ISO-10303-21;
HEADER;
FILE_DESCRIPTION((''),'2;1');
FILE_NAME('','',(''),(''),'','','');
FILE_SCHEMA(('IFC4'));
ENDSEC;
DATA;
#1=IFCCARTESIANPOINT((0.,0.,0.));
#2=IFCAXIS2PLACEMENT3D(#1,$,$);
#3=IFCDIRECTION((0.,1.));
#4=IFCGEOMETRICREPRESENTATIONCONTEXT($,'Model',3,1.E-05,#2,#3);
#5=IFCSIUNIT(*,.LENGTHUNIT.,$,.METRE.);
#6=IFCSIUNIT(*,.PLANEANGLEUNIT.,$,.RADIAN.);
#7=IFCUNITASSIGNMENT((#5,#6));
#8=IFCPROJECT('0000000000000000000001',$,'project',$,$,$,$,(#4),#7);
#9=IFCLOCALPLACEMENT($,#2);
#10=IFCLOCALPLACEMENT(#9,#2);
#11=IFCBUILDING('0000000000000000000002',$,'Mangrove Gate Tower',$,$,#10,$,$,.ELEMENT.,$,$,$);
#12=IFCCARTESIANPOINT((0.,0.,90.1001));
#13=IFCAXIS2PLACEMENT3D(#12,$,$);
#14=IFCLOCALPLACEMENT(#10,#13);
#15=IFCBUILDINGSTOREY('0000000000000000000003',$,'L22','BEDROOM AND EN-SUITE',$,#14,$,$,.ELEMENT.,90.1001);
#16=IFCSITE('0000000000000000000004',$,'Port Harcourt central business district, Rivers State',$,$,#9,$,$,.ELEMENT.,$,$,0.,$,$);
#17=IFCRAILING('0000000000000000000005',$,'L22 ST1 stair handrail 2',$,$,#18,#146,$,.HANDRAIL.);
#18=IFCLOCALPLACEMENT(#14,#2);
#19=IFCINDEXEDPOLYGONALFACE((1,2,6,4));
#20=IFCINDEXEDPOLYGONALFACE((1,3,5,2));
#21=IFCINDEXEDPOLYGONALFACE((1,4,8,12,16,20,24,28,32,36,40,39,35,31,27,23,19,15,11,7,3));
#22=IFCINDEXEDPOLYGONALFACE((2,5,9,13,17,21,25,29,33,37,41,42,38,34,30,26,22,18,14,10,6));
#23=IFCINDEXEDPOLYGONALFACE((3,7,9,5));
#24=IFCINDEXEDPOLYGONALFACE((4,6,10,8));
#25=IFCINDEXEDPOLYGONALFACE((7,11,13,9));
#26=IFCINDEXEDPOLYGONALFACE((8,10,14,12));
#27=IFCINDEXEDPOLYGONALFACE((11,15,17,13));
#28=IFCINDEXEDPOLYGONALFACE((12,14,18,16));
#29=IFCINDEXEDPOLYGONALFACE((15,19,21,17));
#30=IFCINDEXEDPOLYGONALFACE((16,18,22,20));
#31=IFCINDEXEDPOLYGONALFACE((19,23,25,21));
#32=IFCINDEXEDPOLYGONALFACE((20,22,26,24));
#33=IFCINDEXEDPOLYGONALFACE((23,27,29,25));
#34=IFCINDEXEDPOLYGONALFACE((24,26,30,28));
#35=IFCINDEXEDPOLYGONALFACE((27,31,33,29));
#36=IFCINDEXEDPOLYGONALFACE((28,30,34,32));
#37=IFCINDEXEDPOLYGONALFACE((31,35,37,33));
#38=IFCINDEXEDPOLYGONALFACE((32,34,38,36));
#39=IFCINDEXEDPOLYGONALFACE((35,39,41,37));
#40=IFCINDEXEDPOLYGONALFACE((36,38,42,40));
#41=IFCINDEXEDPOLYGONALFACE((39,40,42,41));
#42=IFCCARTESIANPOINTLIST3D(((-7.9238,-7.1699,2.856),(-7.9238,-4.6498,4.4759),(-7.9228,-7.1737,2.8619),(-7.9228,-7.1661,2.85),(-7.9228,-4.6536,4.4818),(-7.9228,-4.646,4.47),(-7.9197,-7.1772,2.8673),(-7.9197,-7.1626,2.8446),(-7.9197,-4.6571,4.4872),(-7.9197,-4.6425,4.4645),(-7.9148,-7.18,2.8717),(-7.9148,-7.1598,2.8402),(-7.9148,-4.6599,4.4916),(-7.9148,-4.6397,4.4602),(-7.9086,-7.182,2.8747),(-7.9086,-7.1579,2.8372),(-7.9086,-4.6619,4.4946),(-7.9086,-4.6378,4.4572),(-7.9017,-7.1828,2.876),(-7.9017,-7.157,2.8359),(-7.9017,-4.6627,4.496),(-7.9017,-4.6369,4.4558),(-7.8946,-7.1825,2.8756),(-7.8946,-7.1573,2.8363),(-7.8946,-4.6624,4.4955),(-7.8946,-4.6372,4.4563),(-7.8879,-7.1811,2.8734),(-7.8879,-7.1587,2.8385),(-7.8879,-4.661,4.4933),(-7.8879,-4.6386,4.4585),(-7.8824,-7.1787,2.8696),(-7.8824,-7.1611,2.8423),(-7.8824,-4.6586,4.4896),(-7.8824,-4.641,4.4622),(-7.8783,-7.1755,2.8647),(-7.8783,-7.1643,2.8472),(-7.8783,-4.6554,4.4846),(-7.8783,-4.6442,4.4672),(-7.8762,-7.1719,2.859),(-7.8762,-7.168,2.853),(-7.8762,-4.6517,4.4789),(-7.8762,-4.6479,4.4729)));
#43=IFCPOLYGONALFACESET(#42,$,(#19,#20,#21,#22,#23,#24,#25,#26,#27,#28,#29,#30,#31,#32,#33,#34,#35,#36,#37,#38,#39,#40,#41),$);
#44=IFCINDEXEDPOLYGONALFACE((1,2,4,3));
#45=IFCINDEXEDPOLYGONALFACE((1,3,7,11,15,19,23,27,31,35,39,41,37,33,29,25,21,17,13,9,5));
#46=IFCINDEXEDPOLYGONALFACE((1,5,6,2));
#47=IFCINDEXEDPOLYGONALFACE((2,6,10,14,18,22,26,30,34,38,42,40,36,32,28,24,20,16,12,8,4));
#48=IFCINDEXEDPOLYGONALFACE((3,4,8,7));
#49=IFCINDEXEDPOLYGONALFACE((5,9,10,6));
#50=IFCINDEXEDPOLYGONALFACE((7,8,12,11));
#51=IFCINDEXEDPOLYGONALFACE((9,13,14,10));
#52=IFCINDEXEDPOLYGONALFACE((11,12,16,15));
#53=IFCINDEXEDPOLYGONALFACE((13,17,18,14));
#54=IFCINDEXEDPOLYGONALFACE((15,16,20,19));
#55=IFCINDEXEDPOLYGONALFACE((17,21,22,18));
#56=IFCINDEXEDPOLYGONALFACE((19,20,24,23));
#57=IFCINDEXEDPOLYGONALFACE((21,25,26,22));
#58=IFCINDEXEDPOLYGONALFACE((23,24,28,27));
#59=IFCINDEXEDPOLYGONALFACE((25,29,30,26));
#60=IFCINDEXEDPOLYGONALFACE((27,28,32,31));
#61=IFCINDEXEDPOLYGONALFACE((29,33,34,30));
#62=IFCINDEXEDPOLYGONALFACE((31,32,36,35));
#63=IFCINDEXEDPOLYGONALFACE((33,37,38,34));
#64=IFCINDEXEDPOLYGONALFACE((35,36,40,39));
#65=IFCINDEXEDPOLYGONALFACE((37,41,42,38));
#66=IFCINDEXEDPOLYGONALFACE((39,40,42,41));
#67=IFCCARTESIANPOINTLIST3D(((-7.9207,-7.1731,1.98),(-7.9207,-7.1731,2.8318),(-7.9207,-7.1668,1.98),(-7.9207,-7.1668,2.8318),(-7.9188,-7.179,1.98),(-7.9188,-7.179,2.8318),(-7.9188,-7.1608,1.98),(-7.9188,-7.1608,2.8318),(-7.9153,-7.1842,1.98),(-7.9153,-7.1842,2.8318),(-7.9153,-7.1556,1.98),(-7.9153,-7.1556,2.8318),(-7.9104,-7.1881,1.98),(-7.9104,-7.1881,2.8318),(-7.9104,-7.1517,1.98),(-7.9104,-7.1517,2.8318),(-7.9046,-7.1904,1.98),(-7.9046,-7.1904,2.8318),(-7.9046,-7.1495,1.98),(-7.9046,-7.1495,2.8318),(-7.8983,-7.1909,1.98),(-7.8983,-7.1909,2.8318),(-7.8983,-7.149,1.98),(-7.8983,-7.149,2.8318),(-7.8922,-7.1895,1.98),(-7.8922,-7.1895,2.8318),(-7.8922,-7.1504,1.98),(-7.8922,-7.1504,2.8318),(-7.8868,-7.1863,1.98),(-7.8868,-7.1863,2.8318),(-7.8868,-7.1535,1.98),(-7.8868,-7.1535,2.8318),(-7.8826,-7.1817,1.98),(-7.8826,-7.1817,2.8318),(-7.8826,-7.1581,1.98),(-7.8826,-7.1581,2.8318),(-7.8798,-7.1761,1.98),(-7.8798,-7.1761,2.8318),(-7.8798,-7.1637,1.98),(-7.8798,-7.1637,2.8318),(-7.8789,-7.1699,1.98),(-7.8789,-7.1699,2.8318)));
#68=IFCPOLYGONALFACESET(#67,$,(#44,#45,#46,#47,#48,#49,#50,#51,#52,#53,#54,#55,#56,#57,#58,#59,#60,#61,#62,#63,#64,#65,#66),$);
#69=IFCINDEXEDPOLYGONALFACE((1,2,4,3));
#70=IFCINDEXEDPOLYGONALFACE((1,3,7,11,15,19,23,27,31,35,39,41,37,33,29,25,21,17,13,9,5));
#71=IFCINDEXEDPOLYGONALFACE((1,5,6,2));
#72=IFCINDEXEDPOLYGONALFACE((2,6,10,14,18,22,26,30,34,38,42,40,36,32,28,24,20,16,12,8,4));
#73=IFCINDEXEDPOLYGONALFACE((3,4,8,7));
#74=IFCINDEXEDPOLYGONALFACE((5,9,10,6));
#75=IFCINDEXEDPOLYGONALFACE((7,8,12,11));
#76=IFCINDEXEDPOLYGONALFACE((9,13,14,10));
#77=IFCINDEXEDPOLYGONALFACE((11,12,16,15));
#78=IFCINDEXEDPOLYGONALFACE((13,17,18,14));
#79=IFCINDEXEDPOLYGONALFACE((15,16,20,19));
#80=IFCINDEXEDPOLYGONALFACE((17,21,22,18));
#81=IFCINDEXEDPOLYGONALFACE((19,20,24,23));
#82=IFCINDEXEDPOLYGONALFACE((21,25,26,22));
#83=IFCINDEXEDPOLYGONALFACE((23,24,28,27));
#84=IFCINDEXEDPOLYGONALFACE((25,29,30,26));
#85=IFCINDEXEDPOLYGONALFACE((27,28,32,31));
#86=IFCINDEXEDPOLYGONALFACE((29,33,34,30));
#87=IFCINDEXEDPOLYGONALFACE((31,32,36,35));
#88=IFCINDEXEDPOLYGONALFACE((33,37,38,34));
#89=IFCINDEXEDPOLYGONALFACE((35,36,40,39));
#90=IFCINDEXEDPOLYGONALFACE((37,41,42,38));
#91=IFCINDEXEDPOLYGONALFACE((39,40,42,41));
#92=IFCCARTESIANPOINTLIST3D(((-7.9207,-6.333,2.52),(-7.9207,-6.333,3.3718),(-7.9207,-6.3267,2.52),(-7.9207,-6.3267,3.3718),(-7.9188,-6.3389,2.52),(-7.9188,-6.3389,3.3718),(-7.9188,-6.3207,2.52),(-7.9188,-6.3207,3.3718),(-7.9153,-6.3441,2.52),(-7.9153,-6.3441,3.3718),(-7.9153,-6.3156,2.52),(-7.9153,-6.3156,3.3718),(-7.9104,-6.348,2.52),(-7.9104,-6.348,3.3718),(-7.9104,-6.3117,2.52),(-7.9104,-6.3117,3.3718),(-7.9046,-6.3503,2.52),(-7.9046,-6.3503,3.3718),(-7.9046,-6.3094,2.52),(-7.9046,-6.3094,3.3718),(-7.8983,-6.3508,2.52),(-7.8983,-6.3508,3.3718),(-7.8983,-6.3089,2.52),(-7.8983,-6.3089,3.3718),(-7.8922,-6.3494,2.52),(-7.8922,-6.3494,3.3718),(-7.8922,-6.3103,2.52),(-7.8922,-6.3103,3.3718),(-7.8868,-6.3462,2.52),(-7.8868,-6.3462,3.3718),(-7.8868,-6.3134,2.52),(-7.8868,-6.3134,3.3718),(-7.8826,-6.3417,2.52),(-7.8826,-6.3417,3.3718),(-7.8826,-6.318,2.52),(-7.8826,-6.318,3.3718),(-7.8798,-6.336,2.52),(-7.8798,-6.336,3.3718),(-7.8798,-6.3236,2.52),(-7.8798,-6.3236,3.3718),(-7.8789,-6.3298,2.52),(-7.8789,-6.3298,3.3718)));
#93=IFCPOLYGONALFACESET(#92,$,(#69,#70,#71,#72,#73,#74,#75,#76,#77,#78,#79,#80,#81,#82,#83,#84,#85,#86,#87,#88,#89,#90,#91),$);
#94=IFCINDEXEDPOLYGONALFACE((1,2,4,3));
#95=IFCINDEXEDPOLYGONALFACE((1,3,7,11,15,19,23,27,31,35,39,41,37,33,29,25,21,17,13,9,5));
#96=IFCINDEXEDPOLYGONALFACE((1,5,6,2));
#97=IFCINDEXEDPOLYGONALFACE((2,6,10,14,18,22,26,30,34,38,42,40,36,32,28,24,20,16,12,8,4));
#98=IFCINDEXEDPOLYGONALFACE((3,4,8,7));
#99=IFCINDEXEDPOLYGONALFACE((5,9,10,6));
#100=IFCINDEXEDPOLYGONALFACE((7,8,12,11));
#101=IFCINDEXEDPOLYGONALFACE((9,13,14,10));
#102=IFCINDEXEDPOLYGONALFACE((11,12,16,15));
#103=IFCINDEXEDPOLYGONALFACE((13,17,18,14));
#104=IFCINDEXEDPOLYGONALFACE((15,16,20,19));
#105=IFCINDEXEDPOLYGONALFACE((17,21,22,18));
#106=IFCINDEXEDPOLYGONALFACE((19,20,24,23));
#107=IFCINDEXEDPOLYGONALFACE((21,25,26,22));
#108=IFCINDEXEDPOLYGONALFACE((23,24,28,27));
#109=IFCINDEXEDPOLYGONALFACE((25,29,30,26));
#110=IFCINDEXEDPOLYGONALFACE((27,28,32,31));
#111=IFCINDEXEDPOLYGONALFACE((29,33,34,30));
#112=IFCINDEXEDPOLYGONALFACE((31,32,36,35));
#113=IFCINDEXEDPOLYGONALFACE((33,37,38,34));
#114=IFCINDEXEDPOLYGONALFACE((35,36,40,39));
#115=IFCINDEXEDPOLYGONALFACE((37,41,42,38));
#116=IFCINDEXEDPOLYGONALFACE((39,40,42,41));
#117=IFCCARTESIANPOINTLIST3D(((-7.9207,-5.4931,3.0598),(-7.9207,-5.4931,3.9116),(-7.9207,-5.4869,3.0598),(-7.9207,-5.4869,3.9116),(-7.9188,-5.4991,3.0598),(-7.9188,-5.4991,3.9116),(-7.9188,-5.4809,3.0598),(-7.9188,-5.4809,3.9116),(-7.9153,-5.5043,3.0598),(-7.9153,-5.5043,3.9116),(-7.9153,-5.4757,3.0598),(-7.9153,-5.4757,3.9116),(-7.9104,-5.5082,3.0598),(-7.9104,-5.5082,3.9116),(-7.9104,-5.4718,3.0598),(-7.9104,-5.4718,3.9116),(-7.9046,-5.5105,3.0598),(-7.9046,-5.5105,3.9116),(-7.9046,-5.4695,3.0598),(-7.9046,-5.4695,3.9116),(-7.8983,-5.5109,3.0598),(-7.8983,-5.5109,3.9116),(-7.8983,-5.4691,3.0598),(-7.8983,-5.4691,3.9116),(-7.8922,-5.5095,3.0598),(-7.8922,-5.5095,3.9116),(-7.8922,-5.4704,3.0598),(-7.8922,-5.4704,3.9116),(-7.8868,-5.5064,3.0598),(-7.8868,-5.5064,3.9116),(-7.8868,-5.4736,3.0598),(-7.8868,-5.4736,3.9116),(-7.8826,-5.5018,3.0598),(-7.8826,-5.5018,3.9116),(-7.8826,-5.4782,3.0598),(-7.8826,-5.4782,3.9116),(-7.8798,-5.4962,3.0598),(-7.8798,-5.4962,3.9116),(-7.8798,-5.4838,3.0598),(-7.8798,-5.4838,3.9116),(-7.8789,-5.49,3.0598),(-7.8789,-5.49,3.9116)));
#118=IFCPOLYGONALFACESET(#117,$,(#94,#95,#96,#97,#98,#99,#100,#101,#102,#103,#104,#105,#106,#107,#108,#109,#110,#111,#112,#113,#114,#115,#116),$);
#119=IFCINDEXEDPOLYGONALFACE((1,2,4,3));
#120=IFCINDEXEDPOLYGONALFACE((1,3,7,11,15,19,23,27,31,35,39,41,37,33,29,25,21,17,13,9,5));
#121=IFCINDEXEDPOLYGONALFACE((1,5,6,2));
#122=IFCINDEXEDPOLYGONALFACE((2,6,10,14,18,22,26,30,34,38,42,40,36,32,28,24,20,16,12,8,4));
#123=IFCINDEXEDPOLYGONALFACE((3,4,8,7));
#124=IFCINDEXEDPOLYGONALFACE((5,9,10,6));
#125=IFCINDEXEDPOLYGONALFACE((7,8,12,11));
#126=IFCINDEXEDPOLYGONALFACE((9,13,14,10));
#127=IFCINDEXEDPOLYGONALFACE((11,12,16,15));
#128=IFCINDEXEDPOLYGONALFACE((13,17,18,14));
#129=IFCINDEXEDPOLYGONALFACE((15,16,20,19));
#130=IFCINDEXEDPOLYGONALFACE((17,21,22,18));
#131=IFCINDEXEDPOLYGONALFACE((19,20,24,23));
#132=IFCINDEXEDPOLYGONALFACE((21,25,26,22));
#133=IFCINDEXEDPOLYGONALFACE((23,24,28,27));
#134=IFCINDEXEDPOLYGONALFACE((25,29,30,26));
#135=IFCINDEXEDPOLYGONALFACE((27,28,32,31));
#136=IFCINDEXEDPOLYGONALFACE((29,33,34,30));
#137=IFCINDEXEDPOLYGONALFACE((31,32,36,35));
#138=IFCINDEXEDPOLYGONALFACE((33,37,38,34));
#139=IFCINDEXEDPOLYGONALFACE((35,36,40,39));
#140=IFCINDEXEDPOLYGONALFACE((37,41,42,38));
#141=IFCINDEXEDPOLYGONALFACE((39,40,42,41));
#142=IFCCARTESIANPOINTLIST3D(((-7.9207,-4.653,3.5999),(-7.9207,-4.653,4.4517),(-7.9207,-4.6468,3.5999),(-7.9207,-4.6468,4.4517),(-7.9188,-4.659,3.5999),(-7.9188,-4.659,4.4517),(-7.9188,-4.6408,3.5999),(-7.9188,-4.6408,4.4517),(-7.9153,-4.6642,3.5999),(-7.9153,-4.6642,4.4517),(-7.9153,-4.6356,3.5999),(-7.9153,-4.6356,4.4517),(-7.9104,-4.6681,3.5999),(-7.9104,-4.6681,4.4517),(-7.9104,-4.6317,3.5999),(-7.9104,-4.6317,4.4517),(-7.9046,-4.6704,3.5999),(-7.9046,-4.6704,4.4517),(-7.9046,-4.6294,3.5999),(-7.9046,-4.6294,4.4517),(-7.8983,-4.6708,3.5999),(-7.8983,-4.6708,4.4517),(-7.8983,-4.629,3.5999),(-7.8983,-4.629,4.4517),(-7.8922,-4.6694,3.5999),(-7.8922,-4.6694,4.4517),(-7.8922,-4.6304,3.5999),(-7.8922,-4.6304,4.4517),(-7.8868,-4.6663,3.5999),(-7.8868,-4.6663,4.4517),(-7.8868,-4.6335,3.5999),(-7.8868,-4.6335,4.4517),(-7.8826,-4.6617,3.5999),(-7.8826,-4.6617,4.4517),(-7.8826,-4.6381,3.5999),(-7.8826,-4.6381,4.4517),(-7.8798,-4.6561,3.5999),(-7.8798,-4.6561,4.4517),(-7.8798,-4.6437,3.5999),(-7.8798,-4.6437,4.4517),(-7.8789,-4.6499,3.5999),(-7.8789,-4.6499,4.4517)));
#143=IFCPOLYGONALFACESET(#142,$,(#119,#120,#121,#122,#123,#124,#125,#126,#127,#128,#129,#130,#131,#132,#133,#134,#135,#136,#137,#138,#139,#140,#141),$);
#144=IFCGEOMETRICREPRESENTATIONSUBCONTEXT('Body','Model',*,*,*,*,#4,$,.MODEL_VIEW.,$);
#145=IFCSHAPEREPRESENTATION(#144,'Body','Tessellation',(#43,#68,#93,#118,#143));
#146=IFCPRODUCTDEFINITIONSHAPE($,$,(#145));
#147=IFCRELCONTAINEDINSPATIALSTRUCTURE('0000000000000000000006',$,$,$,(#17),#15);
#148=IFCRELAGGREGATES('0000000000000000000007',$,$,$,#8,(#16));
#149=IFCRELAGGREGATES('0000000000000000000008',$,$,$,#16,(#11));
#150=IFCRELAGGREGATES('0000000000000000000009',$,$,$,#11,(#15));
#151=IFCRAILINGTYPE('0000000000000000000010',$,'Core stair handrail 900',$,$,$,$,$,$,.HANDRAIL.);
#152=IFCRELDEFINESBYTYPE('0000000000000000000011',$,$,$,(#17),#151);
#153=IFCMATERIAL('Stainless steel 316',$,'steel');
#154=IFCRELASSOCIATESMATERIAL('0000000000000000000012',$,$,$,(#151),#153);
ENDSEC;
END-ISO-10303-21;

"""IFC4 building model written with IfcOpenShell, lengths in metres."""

from ifc_helpers import new_model, si_unit, direction, frame, origin, origin_2d, place, context, subcontext, project, spatial, circle, extrude, material, type_object, element, save


model = new_model("IFC4")

# Units and contexts
model_context = context("Model", 3, precision=1e-05, world=origin(), true_north=direction((0.0, 1.0)))
body_context = subcontext(model_context, "Body", "Model", "MODEL_VIEW")
ifc_project = project(units=[si_unit("LENGTHUNIT", "METRE"), si_unit("PLANEANGLEUNIT", "RADIAN")], contexts=[model_context])

# Site, building, storey
site_placement = place(None, origin())
site = spatial("IfcSite", under=ifc_project, at=site_placement, Name="Port Harcourt central business district, Rivers State", CompositionType="ELEMENT", RefElevation=0.0)
building_placement = place(site_placement, origin())
building = spatial("IfcBuilding", under=site, at=building_placement, Name="Mangrove Gate Tower", CompositionType="ELEMENT")
storey_placement = place(building_placement, frame((0.0, 0.0, 90.1001)))
storey = spatial("IfcBuildingStorey", under=building, at=storey_placement, Name="L22", Description="BEDROOM AND EN-SUITE", CompositionType="ELEMENT", Elevation=90.1001)

# Railing
ifc_material_1 = material(Name="Stainless steel 316", Category="steel")
railing_type_1 = type_object("IfcRailingType", Name="Core stair handrail 900", PredefinedType="HANDRAIL", material=ifc_material_1)
railing_1_placement = place(storey_placement, frame((-7.8999, -7.1699, 1.98)))
element("IfcRailing", 1, at=railing_1_placement, inside=storey, type_object=railing_type_1, Name="L22 ST1 stair handrail 2", PredefinedType="HANDRAIL", context=body_context, shape_type="SweptSolid", body=[
    extrude(circle(Radius=0.0239, at=origin_2d()), frame((0.0, 0.0, 0.876), z_axis=(0.0, 0.8412, 0.540725), x_axis=(-1.0, 0.0, 0.0)), (0.0, 0.0, 1.0), 2.9958),
    extrude(circle(Radius=0.021, at=origin_2d()), origin(), (0.0, 0.0, 1.0), 0.8518),
    extrude(circle(Radius=0.021, at=origin_2d()), frame((0.0, 0.8401, 0.54)), (0.0, 0.0, 1.0), 0.8518),
    extrude(circle(Radius=0.021, at=origin_2d()), frame((0.0, 1.6799, 1.0798)), (0.0, 0.0, 1.0), 0.8518),
    extrude(circle(Radius=0.021, at=origin_2d()), frame((0.0, 2.52, 1.6199)), (0.0, 0.0, 1.0), 0.8518),
])

save(model, "model.ifc")
